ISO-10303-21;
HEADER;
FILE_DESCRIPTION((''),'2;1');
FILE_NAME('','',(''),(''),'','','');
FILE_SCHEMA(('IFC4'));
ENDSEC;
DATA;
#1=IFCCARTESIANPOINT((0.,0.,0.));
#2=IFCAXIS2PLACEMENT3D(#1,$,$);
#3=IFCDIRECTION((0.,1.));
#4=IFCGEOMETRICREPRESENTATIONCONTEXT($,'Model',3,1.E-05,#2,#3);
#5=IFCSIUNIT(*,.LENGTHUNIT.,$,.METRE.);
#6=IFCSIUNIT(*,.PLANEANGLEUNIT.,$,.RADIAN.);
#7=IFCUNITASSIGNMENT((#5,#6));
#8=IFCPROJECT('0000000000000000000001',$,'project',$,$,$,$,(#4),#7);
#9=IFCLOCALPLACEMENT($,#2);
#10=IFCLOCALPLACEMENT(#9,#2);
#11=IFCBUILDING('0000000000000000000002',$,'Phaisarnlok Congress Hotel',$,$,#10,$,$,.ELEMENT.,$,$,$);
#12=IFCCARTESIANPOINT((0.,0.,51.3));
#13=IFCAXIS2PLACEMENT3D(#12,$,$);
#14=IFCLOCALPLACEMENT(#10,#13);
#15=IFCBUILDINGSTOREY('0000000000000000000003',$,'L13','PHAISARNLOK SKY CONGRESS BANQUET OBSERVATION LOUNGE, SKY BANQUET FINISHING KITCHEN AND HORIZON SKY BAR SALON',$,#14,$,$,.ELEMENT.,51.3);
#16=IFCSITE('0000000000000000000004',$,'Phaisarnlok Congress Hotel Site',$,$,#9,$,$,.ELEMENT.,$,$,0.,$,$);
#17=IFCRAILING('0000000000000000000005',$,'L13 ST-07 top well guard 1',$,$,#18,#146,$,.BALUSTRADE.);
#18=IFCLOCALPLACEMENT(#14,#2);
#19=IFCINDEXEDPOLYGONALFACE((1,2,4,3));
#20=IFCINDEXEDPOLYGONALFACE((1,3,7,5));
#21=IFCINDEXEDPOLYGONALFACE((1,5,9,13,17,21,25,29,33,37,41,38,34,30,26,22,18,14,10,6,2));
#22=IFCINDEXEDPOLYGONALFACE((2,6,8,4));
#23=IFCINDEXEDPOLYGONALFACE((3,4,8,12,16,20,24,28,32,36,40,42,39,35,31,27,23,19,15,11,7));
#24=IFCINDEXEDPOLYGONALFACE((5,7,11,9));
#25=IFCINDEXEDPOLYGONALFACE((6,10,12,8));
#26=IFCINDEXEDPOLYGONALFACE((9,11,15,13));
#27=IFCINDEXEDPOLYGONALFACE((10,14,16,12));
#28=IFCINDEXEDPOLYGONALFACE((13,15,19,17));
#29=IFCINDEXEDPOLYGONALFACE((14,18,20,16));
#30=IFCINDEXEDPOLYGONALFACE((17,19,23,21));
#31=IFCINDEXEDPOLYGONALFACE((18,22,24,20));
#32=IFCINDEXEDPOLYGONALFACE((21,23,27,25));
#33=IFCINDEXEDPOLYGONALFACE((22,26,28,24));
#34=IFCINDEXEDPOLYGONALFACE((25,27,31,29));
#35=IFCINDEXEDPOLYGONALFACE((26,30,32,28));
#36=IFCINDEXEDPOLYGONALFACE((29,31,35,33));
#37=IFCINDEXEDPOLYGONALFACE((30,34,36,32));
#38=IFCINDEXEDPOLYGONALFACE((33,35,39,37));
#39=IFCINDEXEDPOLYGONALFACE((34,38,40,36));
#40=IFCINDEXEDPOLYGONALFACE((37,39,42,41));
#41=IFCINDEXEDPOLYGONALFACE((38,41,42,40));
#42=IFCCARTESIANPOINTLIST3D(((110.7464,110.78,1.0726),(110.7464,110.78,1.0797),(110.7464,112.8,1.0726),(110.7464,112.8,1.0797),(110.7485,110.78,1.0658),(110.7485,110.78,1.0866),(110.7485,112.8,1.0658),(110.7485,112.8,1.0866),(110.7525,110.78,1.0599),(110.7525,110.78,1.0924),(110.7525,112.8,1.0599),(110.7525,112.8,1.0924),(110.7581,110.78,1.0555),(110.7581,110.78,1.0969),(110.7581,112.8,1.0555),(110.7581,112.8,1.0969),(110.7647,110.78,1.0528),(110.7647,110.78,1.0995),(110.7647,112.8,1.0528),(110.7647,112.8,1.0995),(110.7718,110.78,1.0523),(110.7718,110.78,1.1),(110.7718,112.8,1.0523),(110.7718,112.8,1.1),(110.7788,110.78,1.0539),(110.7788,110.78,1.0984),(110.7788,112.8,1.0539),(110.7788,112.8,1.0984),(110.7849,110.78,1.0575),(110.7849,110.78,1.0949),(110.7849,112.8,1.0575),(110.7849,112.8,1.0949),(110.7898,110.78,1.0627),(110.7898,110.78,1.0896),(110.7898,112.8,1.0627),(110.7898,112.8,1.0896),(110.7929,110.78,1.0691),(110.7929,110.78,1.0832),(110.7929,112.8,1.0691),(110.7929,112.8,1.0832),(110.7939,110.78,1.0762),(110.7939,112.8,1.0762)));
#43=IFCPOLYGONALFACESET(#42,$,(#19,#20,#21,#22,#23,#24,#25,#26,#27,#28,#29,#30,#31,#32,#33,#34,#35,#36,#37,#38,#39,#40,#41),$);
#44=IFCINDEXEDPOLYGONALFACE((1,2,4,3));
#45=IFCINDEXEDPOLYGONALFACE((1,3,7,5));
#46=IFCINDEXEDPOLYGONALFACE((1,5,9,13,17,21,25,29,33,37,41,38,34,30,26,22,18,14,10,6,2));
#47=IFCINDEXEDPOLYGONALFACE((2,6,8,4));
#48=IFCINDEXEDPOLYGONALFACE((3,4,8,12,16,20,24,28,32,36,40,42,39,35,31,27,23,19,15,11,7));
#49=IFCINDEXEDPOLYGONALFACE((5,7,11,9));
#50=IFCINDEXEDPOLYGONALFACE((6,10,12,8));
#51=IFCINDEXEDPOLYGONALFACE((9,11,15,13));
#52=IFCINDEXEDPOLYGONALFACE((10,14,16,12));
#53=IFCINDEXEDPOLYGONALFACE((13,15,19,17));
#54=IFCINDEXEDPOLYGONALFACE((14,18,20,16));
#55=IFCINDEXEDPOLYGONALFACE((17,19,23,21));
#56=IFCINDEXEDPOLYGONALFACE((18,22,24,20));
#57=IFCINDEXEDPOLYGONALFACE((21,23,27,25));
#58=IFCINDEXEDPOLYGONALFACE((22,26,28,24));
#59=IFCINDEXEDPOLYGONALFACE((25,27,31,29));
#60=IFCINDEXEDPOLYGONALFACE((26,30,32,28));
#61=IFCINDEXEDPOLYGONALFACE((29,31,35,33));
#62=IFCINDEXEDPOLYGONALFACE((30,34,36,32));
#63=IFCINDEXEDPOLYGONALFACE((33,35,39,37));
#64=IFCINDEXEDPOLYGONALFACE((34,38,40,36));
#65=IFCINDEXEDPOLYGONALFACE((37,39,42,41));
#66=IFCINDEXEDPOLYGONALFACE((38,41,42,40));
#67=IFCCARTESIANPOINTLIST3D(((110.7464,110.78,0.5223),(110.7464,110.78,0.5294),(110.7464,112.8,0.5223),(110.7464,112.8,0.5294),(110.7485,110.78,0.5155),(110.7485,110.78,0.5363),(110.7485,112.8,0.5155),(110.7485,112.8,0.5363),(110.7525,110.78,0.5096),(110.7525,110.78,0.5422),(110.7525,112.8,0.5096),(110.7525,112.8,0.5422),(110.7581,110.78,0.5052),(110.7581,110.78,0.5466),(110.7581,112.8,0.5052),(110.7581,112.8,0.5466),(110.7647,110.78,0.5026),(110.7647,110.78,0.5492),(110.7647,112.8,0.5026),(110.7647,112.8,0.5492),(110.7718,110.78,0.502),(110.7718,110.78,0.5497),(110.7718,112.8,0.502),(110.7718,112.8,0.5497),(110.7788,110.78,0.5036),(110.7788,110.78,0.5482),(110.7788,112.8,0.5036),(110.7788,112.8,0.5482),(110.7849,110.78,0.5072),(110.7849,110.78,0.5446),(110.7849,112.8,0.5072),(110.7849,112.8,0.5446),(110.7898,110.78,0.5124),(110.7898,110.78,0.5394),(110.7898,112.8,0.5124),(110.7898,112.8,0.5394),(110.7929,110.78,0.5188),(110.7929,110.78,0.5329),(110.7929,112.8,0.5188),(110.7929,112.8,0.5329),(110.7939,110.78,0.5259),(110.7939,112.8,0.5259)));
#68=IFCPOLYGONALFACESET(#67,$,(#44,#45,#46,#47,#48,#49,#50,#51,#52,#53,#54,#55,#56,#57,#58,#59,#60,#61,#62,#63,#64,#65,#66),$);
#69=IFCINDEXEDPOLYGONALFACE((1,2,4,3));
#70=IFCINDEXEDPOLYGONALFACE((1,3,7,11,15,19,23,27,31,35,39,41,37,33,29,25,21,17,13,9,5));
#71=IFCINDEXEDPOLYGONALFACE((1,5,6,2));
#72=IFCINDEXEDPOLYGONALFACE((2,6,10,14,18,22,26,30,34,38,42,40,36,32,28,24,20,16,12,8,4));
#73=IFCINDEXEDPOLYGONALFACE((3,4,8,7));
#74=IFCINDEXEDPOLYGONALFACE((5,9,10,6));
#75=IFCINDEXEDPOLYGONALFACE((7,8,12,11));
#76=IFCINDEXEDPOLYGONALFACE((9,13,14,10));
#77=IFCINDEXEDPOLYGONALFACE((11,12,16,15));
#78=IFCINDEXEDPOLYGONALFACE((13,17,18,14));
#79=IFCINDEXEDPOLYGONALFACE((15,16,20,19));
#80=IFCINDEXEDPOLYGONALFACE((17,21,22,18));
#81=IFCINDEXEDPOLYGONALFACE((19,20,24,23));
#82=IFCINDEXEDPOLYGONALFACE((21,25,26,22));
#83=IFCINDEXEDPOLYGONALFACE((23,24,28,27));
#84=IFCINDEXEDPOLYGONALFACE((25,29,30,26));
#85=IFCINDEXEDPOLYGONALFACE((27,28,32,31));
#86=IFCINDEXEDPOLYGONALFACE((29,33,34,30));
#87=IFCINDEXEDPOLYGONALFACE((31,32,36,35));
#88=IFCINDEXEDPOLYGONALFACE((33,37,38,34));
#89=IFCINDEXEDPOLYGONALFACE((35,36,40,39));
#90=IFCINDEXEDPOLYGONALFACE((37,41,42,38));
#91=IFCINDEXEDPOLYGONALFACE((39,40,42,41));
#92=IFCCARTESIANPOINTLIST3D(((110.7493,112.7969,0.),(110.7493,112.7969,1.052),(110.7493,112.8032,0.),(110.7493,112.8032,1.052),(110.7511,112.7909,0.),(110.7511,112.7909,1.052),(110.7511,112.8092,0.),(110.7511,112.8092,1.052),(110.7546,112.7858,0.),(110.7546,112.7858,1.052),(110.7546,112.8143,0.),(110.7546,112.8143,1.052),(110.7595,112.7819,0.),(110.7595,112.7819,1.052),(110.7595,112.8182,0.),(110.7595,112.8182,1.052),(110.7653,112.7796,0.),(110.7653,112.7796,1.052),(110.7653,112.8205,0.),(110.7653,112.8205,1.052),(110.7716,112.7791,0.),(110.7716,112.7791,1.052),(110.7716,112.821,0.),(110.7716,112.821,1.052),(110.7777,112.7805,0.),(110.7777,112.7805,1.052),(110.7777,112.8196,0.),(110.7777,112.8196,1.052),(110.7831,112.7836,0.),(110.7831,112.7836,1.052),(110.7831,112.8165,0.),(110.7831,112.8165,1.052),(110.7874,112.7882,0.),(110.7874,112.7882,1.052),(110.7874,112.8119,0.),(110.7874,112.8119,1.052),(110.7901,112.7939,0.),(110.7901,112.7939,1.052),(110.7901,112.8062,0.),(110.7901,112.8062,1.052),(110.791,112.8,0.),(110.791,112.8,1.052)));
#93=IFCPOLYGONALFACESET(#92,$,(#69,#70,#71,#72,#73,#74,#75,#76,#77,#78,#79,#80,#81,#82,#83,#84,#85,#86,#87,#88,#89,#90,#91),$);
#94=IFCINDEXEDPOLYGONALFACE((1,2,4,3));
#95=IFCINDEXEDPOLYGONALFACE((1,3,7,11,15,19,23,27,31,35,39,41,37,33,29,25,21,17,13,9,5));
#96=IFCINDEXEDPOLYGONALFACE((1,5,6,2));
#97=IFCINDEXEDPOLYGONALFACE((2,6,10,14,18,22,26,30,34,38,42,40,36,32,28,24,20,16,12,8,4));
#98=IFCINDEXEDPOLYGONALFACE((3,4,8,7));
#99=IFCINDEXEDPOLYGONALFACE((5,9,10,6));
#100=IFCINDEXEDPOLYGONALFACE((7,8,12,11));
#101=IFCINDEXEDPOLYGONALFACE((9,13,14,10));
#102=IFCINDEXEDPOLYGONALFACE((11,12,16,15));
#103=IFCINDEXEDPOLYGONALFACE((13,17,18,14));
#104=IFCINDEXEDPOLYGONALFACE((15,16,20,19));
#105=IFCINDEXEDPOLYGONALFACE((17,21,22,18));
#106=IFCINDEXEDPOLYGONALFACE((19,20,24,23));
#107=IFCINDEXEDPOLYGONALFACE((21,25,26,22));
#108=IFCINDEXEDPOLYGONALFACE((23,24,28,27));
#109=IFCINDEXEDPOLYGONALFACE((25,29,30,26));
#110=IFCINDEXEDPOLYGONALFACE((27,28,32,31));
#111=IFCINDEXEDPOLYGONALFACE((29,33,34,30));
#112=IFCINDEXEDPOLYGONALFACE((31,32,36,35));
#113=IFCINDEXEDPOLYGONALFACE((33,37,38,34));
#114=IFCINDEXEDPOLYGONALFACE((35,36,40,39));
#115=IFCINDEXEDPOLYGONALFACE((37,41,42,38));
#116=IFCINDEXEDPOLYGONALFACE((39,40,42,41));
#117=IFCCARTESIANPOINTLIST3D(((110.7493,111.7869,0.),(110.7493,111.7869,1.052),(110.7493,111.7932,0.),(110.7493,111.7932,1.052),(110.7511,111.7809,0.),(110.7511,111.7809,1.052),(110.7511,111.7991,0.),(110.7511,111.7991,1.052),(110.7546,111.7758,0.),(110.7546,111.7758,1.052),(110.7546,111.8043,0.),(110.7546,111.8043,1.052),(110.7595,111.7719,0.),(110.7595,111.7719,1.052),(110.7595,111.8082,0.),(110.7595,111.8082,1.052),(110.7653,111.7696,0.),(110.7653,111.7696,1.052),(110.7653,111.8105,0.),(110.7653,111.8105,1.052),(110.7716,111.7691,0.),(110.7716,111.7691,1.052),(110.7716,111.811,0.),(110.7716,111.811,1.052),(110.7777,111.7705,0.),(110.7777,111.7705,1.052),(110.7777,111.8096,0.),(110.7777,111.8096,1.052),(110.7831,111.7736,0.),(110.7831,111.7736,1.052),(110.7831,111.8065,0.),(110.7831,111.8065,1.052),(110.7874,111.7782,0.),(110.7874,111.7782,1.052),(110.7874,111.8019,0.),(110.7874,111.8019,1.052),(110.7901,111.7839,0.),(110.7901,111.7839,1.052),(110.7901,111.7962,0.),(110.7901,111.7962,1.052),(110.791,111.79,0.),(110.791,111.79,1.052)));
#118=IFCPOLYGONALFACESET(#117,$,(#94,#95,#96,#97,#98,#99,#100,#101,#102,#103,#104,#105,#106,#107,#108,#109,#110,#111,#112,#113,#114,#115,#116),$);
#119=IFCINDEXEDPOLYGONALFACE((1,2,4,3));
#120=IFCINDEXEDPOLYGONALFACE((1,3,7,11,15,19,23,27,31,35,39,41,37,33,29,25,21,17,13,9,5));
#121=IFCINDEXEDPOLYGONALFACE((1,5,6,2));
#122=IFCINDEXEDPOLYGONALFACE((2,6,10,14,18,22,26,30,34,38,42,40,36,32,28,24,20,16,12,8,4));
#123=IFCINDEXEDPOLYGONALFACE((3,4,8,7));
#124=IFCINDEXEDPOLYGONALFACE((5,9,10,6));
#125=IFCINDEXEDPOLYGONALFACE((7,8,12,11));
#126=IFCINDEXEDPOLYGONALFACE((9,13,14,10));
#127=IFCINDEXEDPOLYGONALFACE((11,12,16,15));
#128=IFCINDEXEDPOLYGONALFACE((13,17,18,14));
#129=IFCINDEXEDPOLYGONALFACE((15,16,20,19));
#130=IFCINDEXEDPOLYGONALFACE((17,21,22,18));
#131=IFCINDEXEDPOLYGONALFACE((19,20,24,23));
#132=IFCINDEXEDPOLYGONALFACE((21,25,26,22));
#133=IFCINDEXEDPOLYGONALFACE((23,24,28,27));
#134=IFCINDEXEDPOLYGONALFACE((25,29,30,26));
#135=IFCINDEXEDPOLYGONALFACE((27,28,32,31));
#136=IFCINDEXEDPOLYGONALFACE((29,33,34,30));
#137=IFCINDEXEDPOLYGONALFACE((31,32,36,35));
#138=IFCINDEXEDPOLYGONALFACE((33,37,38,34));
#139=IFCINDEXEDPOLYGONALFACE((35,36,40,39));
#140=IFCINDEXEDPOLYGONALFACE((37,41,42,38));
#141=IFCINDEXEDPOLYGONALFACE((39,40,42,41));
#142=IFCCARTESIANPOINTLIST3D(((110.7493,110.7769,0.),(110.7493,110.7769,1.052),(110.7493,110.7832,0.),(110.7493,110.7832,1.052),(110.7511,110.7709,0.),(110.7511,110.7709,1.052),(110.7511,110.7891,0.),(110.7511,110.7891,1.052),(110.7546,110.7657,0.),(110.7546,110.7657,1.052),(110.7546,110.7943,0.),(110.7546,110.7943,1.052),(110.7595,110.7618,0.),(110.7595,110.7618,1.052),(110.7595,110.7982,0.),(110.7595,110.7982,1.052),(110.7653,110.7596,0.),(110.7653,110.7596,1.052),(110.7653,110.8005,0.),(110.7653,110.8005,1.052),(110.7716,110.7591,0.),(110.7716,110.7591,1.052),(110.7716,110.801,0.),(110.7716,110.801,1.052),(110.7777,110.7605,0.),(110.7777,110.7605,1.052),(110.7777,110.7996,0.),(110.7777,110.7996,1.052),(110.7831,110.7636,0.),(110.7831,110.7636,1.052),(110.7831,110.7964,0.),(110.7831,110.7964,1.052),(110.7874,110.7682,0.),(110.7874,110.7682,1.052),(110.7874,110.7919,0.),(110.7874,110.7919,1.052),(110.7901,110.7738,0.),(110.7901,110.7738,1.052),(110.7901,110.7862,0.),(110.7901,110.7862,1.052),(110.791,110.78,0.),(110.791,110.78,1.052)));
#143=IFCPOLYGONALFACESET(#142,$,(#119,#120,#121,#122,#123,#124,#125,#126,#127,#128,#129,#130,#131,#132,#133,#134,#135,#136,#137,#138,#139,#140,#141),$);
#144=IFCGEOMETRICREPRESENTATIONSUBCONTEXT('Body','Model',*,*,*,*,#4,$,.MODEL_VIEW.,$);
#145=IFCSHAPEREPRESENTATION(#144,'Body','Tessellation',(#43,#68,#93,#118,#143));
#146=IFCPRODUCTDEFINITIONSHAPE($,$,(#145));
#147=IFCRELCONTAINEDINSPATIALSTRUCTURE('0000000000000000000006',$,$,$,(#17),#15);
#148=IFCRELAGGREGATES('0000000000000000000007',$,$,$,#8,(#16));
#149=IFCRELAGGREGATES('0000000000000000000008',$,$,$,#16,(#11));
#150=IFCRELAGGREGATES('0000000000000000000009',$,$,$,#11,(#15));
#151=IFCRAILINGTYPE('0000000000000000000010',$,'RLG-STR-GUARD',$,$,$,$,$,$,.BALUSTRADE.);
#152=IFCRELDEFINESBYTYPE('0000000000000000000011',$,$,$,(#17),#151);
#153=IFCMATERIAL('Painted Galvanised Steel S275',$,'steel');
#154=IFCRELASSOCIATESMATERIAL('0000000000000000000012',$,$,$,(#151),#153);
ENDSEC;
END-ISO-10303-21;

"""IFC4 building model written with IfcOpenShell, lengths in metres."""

from ifc_helpers import new_model, si_unit, direction, frame, origin, origin_2d, place, context, subcontext, project, spatial, circle, extrude, material, type_object, element, save


model = new_model("IFC4")

# Units and contexts
model_context = context("Model", 3, precision=1e-05, world=origin(), true_north=direction((0.0, 1.0)))
body_context = subcontext(model_context, "Body", "Model", "MODEL_VIEW")
ifc_project = project(units=[si_unit("LENGTHUNIT", "METRE"), si_unit("PLANEANGLEUNIT", "RADIAN")], contexts=[model_context])

# Site, building, storey
site_placement = place(None, origin())
site = spatial("IfcSite", under=ifc_project, at=site_placement, Name="Phaisarnlok Congress Hotel Site", CompositionType="ELEMENT", RefElevation=0.0)
building_placement = place(site_placement, origin())
building = spatial("IfcBuilding", under=site, at=building_placement, Name="Phaisarnlok Congress Hotel", CompositionType="ELEMENT")
storey_placement = place(building_placement, frame((0.0, 0.0, 51.3)))
storey = spatial("IfcBuildingStorey", under=building, at=storey_placement, Name="L13", Description="PHAISARNLOK SKY CONGRESS BANQUET OBSERVATION LOUNGE, SKY BANQUET FINISHING KITCHEN AND HORIZON SKY BAR SALON", CompositionType="ELEMENT", Elevation=51.3)

# Railing
ifc_material_1 = material(Name="Painted Galvanised Steel S275", Category="steel")
railing_type = type_object("IfcRailingType", Name="RLG-STR-GUARD", PredefinedType="BALUSTRADE", material=ifc_material_1)
railing_placement = place(storey_placement, frame((110.77, 112.8, 0.0)))
element("IfcRailing", 1, at=railing_placement, inside=storey, type_object=railing_type, Name="L13 ST-07 top well guard 1", PredefinedType="BALUSTRADE", context=body_context, shape_type="SweptSolid", body=[
    extrude(circle(Radius=0.0239, at=origin_2d()), frame((0.0, 0.0, 1.0762), z_axis=(0.0, -1.0, 0.0), x_axis=(1.0, 0.0, 0.0)), (0.0, 0.0, 1.0), 2.02),
    extrude(circle(Radius=0.0239, at=origin_2d()), frame((0.0, 0.0, 0.5259), z_axis=(0.0, -1.0, 0.0), x_axis=(1.0, 0.0, 0.0)), (0.0, 0.0, 1.0), 2.02),
    extrude(circle(Radius=0.021, at=origin_2d()), origin(), (0.0, 0.0, 1.0), 1.052),
    extrude(circle(Radius=0.021, at=origin_2d()), frame((0.0, -1.01, 0.0)), (0.0, 0.0, 1.0), 1.052),
    extrude(circle(Radius=0.021, at=origin_2d()), frame((0.0, -2.02, 0.0)), (0.0, 0.0, 1.0), 1.052),
])

save(model, "model.ifc")
